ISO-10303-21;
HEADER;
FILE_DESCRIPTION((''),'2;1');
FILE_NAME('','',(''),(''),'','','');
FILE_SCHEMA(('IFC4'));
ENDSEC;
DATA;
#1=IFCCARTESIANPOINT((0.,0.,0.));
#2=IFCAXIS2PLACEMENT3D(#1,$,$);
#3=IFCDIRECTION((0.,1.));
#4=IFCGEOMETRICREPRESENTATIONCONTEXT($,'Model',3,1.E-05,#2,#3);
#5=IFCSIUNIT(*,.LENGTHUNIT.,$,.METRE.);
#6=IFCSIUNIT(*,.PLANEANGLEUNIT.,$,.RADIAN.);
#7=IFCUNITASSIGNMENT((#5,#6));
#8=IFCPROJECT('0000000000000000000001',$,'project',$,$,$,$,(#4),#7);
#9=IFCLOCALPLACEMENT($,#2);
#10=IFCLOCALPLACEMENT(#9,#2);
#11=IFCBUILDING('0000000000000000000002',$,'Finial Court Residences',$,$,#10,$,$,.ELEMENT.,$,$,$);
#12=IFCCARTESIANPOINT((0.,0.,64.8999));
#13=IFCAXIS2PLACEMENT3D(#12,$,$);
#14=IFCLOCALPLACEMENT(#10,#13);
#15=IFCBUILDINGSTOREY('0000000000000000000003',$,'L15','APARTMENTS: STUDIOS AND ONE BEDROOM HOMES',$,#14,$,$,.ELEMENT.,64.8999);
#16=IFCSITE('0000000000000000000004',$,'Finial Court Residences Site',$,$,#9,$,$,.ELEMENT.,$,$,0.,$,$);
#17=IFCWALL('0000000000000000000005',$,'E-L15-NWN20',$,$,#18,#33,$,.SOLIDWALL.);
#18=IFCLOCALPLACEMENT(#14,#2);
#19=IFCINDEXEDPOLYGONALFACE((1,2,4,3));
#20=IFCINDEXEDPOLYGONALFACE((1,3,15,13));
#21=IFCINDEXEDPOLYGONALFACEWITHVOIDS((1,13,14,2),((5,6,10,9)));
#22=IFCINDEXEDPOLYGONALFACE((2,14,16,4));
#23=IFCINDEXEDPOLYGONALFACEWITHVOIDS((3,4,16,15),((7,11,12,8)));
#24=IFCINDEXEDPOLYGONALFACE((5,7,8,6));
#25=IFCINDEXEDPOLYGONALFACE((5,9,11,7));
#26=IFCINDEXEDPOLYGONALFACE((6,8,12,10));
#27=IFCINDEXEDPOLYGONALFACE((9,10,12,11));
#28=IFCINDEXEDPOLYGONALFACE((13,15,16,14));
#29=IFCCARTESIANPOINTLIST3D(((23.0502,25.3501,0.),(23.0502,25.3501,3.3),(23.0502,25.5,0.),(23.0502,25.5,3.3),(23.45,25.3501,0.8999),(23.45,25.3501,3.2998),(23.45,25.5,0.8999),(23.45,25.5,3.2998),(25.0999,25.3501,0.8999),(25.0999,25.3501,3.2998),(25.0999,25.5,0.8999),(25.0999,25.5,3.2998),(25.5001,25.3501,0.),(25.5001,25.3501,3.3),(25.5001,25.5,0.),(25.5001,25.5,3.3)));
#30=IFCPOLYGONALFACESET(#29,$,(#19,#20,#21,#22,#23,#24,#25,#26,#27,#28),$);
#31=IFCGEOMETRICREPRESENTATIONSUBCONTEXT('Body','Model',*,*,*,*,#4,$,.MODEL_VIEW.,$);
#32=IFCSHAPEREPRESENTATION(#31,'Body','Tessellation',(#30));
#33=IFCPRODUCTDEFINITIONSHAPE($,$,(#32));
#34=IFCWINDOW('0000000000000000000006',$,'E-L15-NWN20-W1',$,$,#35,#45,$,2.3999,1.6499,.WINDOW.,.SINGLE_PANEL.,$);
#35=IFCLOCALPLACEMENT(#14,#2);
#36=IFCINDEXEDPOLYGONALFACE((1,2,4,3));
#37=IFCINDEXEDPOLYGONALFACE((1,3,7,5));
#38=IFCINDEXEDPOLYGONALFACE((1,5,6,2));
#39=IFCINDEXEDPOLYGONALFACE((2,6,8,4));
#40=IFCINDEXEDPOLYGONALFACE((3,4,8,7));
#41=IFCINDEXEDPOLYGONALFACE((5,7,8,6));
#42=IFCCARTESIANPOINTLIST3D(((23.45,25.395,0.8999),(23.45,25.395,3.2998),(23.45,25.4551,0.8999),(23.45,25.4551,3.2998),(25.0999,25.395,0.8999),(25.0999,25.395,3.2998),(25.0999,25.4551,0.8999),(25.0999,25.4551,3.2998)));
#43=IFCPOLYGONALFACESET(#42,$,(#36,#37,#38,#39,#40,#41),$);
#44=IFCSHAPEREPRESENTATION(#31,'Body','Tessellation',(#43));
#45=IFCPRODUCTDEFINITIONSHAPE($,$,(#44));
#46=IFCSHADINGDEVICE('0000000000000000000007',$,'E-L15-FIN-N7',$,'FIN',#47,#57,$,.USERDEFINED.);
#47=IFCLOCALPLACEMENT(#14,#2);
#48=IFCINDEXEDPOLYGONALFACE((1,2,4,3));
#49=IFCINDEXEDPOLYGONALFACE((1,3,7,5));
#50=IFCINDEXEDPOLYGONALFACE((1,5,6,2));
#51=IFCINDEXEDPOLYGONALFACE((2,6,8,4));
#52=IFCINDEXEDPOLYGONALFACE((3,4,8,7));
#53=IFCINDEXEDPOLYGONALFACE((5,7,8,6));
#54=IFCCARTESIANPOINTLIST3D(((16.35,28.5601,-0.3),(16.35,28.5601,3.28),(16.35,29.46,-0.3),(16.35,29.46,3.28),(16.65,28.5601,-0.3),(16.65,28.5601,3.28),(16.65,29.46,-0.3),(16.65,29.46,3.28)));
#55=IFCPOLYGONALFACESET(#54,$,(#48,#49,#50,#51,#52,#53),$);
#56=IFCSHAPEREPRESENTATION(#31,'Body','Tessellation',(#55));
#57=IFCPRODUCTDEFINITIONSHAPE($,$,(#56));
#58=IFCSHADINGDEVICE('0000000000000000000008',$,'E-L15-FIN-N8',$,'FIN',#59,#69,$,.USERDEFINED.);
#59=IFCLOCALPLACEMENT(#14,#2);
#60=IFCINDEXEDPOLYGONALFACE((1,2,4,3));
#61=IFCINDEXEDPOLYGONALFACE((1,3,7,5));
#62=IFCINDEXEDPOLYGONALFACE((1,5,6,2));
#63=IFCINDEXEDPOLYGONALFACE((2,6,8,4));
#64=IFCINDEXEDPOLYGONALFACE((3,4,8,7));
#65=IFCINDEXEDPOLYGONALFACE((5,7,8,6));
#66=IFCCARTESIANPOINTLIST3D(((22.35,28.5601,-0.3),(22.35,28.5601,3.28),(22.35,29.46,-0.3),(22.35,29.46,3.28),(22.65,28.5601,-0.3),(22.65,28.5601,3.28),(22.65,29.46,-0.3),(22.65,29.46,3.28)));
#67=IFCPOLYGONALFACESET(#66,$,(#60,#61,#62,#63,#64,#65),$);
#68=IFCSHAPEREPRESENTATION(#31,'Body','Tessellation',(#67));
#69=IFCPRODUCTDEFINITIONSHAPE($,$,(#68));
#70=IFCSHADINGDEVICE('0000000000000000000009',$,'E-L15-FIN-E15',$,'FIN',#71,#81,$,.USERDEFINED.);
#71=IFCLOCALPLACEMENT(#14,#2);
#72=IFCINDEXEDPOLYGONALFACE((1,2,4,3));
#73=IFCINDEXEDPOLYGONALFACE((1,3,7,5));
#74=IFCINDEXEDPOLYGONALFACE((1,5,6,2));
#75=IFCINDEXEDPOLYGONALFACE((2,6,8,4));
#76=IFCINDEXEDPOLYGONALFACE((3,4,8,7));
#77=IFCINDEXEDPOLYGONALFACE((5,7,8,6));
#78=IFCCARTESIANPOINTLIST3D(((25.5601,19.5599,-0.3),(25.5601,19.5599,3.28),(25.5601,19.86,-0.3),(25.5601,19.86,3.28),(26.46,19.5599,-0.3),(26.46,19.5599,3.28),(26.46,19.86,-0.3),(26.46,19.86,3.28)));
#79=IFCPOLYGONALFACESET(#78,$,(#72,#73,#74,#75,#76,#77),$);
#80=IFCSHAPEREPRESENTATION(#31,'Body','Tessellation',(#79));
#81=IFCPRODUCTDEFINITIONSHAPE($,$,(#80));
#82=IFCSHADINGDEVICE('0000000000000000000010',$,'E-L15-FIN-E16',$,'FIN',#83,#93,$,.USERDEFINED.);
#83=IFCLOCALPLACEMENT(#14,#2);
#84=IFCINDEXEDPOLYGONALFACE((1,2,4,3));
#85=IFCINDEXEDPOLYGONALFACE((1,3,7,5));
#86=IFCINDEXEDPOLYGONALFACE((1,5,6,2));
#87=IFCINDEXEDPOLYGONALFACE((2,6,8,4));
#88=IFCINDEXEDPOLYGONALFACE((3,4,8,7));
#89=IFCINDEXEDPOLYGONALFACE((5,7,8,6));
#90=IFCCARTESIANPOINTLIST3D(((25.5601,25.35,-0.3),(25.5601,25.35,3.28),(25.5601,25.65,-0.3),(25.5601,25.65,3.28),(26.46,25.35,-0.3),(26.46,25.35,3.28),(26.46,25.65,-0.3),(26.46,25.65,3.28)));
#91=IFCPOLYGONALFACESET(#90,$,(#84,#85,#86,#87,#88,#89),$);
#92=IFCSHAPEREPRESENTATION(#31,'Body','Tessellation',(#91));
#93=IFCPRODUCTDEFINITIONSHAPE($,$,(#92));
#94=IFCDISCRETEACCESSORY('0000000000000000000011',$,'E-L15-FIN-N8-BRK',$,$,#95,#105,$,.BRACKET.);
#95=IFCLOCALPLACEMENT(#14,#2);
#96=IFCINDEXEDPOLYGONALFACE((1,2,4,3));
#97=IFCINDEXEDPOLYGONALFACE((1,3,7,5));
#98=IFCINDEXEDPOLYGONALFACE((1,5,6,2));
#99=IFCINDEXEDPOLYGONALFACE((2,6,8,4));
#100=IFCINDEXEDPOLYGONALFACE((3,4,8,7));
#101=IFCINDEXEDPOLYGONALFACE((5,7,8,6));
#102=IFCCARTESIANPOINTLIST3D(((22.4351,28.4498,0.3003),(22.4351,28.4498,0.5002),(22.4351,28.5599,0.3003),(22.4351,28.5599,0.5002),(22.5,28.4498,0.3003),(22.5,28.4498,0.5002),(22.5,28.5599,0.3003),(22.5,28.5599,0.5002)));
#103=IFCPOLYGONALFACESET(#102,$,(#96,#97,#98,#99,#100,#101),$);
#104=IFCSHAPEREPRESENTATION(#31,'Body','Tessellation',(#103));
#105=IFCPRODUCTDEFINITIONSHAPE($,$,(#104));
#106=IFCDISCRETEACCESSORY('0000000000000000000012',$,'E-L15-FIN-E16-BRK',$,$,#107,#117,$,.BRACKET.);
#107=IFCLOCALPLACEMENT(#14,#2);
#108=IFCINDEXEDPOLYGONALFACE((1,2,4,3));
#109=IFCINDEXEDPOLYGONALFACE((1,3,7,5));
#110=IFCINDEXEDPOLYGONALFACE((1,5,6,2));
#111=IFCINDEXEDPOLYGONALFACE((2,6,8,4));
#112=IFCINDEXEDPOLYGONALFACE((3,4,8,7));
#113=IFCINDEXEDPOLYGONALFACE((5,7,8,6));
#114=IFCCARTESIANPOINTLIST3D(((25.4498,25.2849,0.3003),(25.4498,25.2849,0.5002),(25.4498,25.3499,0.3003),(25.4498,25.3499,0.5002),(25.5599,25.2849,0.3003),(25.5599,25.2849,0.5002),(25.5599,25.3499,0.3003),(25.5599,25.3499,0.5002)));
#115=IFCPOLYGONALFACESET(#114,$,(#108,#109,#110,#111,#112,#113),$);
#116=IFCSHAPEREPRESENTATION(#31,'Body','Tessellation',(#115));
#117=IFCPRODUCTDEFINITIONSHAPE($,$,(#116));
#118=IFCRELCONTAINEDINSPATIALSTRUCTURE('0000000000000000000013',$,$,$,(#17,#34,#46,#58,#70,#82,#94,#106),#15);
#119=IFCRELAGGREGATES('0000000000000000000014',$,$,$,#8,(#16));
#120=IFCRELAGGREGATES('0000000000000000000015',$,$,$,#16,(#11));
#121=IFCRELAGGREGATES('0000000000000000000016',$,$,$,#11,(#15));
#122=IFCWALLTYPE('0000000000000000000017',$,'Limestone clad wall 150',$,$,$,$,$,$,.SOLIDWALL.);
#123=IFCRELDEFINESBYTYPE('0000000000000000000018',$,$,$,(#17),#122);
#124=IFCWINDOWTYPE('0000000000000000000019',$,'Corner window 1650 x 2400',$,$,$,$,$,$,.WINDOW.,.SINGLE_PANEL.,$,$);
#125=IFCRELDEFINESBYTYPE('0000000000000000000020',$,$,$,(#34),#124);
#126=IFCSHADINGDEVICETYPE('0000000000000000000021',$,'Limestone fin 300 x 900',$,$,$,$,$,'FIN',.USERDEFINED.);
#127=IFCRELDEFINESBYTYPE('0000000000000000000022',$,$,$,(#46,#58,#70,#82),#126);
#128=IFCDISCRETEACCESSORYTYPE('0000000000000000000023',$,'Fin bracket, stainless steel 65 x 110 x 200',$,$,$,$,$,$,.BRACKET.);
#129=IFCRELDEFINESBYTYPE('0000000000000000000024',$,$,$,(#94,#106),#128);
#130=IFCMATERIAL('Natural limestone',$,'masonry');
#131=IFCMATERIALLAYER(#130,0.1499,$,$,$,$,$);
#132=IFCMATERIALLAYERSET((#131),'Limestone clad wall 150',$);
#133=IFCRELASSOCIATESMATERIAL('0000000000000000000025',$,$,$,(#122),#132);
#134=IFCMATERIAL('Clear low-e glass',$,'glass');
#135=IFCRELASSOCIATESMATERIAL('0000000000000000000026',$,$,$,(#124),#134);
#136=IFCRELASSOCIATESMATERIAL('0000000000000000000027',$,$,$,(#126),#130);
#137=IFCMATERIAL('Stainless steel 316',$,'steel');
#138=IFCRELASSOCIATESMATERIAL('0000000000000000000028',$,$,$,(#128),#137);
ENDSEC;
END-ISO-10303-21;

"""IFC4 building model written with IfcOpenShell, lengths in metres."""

from ifc_helpers import new_model, si_unit, direction, frame, frame_2d, origin, origin_2d, place, context, subcontext, project, spatial, rectangle, extrude, material, layer, layer_set, type_object, element, fill, save


model = new_model("IFC4")

# Units and contexts
model_context = context("Model", 3, precision=1e-05, world=origin(), true_north=direction((0.0, 1.0)))
body_context = subcontext(model_context, "Body", "Model", "MODEL_VIEW")
ifc_project = project(units=[si_unit("LENGTHUNIT", "METRE"), si_unit("PLANEANGLEUNIT", "RADIAN")], contexts=[model_context])

# Site, building, storey
site_placement = place(None, origin())
site = spatial("IfcSite", under=ifc_project, at=site_placement, Name="Finial Court Residences Site", CompositionType="ELEMENT", RefElevation=0.0)
building_placement = place(site_placement, origin())
building = spatial("IfcBuilding", under=site, at=building_placement, Name="Finial Court Residences", CompositionType="ELEMENT")
storey_placement = place(building_placement, frame((0.0, 0.0, 64.8999)))
storey = spatial("IfcBuildingStorey", under=building, at=storey_placement, Name="L15", Description="APARTMENTS: STUDIOS AND ONE BEDROOM HOMES", CompositionType="ELEMENT", Elevation=64.8999)

# Shared definitions
ifc_material_1 = material(Name="Clear low-e glass", Category="glass")

# Wall, opening, window
ifc_material_2 = material(Name="Natural limestone", Category="masonry")
ifc_layer_1 = layer(ifc_material_2, 0.1499)
ifc_layer_set_1 = layer_set([ifc_layer_1], Name="Limestone clad wall 150")
wall_type_1 = type_object("IfcWallType", Name="Limestone clad wall 150", PredefinedType="SOLIDWALL", material=ifc_layer_set_1)
wall_1_placement = place(storey_placement, frame((23.05, 25.425, 0.0), z_axis=(0.0, 0.0, 1.0), x_axis=(1.0, 0.0, 0.0)))
wall_1 = element("IfcWall", 1, at=wall_1_placement, inside=storey, type_object=wall_type_1, Name="E-L15-NWN20", PredefinedType="SOLIDWALL", context=body_context, shape_type="SweptSolid", body=[
    extrude(rectangle(XDim=2.45, YDim=0.1499, at=frame_2d((1.2251, 0.0))), origin(), (0.0, 0.0, 1.0), 3.3),
])
opening_1_placement = place(wall_1_placement, frame((0.3999, 0.0, 0.8999)))
opening_1 = element("IfcOpeningElement", 2, at=opening_1_placement, cuts=wall_1, PredefinedType="OPENING", context=body_context, shape_type="SweptSolid", body=[
    extrude(rectangle(XDim=1.6499, YDim=2.3999, at=frame_2d((0.825, 1.2))), frame((0.0, 0.085, 0.0), z_axis=(0.0, -1.0, 0.0), x_axis=(1.0, 0.0, 0.0)), (0.0, 0.0, 1.0), 0.1699),
])
window_type_1 = type_object("IfcWindowType", Name="Corner window 1650 x 2400", PartitioningType="SINGLE_PANEL", PredefinedType="WINDOW", material=ifc_material_1)
window_1_placement = place(opening_1_placement, origin())
window_1 = element("IfcWindow", 3, at=window_1_placement, inside=storey, type_object=window_type_1, Name="E-L15-NWN20-W1", OverallHeight=2.3999, OverallWidth=1.6499, PartitioningType="SINGLE_PANEL", PredefinedType="WINDOW", context=body_context, shape_type="SweptSolid", body=[
    extrude(rectangle(XDim=1.6499, YDim=2.3999, at=frame_2d((0.825, 1.2))), frame((0.0, 0.03, 0.0), z_axis=(0.0, -1.0, 0.0), x_axis=(1.0, 0.0, 0.0)), (0.0, 0.0, 1.0), 0.0601),
])
fill(opening_1, window_1)

# Shading devices
shading_device_type = type_object("IfcShadingDeviceType", Name="Limestone fin 300 x 900", ElementType="FIN", PredefinedType="USERDEFINED", material=ifc_material_2)
for number, where, z_axis, x_axis, name in (
    (4, (16.5, 29.01, -0.3), (0.0, 0.0, 1.0), (1.0, 0.0, 0.0), "E-L15-FIN-N7"),
    (5, (22.5, 29.01, -0.3), (0.0, 0.0, 1.0), (1.0, 0.0, 0.0), "E-L15-FIN-N8"),
):
    element("IfcShadingDevice", number, at=place(storey_placement, frame(where, z_axis=z_axis, x_axis=x_axis)), inside=storey, type_object=shading_device_type, Name=name, ObjectType="FIN", PredefinedType="USERDEFINED", context=body_context, shape_type="SweptSolid", body=[
        extrude(rectangle(XDim=0.3, YDim=0.8999, at=origin_2d()), origin(), (0.0, 0.0, 1.0), 3.5801),
    ])
for number, where, z_axis, x_axis, name in (
    (6, (26.01, 19.71, -0.3), (0.0, 0.0, 1.0), (1.0, 0.0, 0.0), "E-L15-FIN-E15"),
    (7, (26.01, 25.5, -0.3), (0.0, 0.0, 1.0), (1.0, 0.0, 0.0), "E-L15-FIN-E16"),
):
    element("IfcShadingDevice", number, at=place(storey_placement, frame(where, z_axis=z_axis, x_axis=x_axis)), inside=storey, type_object=shading_device_type, Name=name, ObjectType="FIN", PredefinedType="USERDEFINED", context=body_context, shape_type="SweptSolid", body=[
        extrude(rectangle(XDim=0.8999, YDim=0.3, at=origin_2d()), origin(), (0.0, 0.0, 1.0), 3.5801),
    ])

# Discrete accessories
ifc_material_3 = material(Name="Stainless steel 316", Category="steel")
discrete_accessory_type = type_object("IfcDiscreteAccessoryType", Name="Fin bracket, stainless steel 65 x 110 x 200", PredefinedType="BRACKET", material=ifc_material_3)
discrete_accessory_1_placement = place(storey_placement, frame((22.4675, 28.5049, 0.3003), z_axis=(0.0, 0.0, 1.0), x_axis=(1.0, 0.0, 0.0)))
element("IfcDiscreteAccessory", 8, at=discrete_accessory_1_placement, inside=storey, type_object=discrete_accessory_type, Name="E-L15-FIN-N8-BRK", PredefinedType="BRACKET", context=body_context, shape_type="SweptSolid", body=[
    extrude(rectangle(XDim=0.0649, YDim=0.1101, at=origin_2d()), origin(), (0.0, 0.0, 1.0), 0.2),
])
discrete_accessory_2_placement = place(storey_placement, frame((25.5049, 25.3174, 0.3003), z_axis=(0.0, 0.0, 1.0), x_axis=(1.0, 0.0, 0.0)))
element("IfcDiscreteAccessory", 9, at=discrete_accessory_2_placement, inside=storey, type_object=discrete_accessory_type, Name="E-L15-FIN-E16-BRK", PredefinedType="BRACKET", context=body_context, shape_type="SweptSolid", body=[
    extrude(rectangle(XDim=0.1101, YDim=0.0649, at=origin_2d()), origin(), (0.0, 0.0, 1.0), 0.2),
])

save(model, "model.ifc")
